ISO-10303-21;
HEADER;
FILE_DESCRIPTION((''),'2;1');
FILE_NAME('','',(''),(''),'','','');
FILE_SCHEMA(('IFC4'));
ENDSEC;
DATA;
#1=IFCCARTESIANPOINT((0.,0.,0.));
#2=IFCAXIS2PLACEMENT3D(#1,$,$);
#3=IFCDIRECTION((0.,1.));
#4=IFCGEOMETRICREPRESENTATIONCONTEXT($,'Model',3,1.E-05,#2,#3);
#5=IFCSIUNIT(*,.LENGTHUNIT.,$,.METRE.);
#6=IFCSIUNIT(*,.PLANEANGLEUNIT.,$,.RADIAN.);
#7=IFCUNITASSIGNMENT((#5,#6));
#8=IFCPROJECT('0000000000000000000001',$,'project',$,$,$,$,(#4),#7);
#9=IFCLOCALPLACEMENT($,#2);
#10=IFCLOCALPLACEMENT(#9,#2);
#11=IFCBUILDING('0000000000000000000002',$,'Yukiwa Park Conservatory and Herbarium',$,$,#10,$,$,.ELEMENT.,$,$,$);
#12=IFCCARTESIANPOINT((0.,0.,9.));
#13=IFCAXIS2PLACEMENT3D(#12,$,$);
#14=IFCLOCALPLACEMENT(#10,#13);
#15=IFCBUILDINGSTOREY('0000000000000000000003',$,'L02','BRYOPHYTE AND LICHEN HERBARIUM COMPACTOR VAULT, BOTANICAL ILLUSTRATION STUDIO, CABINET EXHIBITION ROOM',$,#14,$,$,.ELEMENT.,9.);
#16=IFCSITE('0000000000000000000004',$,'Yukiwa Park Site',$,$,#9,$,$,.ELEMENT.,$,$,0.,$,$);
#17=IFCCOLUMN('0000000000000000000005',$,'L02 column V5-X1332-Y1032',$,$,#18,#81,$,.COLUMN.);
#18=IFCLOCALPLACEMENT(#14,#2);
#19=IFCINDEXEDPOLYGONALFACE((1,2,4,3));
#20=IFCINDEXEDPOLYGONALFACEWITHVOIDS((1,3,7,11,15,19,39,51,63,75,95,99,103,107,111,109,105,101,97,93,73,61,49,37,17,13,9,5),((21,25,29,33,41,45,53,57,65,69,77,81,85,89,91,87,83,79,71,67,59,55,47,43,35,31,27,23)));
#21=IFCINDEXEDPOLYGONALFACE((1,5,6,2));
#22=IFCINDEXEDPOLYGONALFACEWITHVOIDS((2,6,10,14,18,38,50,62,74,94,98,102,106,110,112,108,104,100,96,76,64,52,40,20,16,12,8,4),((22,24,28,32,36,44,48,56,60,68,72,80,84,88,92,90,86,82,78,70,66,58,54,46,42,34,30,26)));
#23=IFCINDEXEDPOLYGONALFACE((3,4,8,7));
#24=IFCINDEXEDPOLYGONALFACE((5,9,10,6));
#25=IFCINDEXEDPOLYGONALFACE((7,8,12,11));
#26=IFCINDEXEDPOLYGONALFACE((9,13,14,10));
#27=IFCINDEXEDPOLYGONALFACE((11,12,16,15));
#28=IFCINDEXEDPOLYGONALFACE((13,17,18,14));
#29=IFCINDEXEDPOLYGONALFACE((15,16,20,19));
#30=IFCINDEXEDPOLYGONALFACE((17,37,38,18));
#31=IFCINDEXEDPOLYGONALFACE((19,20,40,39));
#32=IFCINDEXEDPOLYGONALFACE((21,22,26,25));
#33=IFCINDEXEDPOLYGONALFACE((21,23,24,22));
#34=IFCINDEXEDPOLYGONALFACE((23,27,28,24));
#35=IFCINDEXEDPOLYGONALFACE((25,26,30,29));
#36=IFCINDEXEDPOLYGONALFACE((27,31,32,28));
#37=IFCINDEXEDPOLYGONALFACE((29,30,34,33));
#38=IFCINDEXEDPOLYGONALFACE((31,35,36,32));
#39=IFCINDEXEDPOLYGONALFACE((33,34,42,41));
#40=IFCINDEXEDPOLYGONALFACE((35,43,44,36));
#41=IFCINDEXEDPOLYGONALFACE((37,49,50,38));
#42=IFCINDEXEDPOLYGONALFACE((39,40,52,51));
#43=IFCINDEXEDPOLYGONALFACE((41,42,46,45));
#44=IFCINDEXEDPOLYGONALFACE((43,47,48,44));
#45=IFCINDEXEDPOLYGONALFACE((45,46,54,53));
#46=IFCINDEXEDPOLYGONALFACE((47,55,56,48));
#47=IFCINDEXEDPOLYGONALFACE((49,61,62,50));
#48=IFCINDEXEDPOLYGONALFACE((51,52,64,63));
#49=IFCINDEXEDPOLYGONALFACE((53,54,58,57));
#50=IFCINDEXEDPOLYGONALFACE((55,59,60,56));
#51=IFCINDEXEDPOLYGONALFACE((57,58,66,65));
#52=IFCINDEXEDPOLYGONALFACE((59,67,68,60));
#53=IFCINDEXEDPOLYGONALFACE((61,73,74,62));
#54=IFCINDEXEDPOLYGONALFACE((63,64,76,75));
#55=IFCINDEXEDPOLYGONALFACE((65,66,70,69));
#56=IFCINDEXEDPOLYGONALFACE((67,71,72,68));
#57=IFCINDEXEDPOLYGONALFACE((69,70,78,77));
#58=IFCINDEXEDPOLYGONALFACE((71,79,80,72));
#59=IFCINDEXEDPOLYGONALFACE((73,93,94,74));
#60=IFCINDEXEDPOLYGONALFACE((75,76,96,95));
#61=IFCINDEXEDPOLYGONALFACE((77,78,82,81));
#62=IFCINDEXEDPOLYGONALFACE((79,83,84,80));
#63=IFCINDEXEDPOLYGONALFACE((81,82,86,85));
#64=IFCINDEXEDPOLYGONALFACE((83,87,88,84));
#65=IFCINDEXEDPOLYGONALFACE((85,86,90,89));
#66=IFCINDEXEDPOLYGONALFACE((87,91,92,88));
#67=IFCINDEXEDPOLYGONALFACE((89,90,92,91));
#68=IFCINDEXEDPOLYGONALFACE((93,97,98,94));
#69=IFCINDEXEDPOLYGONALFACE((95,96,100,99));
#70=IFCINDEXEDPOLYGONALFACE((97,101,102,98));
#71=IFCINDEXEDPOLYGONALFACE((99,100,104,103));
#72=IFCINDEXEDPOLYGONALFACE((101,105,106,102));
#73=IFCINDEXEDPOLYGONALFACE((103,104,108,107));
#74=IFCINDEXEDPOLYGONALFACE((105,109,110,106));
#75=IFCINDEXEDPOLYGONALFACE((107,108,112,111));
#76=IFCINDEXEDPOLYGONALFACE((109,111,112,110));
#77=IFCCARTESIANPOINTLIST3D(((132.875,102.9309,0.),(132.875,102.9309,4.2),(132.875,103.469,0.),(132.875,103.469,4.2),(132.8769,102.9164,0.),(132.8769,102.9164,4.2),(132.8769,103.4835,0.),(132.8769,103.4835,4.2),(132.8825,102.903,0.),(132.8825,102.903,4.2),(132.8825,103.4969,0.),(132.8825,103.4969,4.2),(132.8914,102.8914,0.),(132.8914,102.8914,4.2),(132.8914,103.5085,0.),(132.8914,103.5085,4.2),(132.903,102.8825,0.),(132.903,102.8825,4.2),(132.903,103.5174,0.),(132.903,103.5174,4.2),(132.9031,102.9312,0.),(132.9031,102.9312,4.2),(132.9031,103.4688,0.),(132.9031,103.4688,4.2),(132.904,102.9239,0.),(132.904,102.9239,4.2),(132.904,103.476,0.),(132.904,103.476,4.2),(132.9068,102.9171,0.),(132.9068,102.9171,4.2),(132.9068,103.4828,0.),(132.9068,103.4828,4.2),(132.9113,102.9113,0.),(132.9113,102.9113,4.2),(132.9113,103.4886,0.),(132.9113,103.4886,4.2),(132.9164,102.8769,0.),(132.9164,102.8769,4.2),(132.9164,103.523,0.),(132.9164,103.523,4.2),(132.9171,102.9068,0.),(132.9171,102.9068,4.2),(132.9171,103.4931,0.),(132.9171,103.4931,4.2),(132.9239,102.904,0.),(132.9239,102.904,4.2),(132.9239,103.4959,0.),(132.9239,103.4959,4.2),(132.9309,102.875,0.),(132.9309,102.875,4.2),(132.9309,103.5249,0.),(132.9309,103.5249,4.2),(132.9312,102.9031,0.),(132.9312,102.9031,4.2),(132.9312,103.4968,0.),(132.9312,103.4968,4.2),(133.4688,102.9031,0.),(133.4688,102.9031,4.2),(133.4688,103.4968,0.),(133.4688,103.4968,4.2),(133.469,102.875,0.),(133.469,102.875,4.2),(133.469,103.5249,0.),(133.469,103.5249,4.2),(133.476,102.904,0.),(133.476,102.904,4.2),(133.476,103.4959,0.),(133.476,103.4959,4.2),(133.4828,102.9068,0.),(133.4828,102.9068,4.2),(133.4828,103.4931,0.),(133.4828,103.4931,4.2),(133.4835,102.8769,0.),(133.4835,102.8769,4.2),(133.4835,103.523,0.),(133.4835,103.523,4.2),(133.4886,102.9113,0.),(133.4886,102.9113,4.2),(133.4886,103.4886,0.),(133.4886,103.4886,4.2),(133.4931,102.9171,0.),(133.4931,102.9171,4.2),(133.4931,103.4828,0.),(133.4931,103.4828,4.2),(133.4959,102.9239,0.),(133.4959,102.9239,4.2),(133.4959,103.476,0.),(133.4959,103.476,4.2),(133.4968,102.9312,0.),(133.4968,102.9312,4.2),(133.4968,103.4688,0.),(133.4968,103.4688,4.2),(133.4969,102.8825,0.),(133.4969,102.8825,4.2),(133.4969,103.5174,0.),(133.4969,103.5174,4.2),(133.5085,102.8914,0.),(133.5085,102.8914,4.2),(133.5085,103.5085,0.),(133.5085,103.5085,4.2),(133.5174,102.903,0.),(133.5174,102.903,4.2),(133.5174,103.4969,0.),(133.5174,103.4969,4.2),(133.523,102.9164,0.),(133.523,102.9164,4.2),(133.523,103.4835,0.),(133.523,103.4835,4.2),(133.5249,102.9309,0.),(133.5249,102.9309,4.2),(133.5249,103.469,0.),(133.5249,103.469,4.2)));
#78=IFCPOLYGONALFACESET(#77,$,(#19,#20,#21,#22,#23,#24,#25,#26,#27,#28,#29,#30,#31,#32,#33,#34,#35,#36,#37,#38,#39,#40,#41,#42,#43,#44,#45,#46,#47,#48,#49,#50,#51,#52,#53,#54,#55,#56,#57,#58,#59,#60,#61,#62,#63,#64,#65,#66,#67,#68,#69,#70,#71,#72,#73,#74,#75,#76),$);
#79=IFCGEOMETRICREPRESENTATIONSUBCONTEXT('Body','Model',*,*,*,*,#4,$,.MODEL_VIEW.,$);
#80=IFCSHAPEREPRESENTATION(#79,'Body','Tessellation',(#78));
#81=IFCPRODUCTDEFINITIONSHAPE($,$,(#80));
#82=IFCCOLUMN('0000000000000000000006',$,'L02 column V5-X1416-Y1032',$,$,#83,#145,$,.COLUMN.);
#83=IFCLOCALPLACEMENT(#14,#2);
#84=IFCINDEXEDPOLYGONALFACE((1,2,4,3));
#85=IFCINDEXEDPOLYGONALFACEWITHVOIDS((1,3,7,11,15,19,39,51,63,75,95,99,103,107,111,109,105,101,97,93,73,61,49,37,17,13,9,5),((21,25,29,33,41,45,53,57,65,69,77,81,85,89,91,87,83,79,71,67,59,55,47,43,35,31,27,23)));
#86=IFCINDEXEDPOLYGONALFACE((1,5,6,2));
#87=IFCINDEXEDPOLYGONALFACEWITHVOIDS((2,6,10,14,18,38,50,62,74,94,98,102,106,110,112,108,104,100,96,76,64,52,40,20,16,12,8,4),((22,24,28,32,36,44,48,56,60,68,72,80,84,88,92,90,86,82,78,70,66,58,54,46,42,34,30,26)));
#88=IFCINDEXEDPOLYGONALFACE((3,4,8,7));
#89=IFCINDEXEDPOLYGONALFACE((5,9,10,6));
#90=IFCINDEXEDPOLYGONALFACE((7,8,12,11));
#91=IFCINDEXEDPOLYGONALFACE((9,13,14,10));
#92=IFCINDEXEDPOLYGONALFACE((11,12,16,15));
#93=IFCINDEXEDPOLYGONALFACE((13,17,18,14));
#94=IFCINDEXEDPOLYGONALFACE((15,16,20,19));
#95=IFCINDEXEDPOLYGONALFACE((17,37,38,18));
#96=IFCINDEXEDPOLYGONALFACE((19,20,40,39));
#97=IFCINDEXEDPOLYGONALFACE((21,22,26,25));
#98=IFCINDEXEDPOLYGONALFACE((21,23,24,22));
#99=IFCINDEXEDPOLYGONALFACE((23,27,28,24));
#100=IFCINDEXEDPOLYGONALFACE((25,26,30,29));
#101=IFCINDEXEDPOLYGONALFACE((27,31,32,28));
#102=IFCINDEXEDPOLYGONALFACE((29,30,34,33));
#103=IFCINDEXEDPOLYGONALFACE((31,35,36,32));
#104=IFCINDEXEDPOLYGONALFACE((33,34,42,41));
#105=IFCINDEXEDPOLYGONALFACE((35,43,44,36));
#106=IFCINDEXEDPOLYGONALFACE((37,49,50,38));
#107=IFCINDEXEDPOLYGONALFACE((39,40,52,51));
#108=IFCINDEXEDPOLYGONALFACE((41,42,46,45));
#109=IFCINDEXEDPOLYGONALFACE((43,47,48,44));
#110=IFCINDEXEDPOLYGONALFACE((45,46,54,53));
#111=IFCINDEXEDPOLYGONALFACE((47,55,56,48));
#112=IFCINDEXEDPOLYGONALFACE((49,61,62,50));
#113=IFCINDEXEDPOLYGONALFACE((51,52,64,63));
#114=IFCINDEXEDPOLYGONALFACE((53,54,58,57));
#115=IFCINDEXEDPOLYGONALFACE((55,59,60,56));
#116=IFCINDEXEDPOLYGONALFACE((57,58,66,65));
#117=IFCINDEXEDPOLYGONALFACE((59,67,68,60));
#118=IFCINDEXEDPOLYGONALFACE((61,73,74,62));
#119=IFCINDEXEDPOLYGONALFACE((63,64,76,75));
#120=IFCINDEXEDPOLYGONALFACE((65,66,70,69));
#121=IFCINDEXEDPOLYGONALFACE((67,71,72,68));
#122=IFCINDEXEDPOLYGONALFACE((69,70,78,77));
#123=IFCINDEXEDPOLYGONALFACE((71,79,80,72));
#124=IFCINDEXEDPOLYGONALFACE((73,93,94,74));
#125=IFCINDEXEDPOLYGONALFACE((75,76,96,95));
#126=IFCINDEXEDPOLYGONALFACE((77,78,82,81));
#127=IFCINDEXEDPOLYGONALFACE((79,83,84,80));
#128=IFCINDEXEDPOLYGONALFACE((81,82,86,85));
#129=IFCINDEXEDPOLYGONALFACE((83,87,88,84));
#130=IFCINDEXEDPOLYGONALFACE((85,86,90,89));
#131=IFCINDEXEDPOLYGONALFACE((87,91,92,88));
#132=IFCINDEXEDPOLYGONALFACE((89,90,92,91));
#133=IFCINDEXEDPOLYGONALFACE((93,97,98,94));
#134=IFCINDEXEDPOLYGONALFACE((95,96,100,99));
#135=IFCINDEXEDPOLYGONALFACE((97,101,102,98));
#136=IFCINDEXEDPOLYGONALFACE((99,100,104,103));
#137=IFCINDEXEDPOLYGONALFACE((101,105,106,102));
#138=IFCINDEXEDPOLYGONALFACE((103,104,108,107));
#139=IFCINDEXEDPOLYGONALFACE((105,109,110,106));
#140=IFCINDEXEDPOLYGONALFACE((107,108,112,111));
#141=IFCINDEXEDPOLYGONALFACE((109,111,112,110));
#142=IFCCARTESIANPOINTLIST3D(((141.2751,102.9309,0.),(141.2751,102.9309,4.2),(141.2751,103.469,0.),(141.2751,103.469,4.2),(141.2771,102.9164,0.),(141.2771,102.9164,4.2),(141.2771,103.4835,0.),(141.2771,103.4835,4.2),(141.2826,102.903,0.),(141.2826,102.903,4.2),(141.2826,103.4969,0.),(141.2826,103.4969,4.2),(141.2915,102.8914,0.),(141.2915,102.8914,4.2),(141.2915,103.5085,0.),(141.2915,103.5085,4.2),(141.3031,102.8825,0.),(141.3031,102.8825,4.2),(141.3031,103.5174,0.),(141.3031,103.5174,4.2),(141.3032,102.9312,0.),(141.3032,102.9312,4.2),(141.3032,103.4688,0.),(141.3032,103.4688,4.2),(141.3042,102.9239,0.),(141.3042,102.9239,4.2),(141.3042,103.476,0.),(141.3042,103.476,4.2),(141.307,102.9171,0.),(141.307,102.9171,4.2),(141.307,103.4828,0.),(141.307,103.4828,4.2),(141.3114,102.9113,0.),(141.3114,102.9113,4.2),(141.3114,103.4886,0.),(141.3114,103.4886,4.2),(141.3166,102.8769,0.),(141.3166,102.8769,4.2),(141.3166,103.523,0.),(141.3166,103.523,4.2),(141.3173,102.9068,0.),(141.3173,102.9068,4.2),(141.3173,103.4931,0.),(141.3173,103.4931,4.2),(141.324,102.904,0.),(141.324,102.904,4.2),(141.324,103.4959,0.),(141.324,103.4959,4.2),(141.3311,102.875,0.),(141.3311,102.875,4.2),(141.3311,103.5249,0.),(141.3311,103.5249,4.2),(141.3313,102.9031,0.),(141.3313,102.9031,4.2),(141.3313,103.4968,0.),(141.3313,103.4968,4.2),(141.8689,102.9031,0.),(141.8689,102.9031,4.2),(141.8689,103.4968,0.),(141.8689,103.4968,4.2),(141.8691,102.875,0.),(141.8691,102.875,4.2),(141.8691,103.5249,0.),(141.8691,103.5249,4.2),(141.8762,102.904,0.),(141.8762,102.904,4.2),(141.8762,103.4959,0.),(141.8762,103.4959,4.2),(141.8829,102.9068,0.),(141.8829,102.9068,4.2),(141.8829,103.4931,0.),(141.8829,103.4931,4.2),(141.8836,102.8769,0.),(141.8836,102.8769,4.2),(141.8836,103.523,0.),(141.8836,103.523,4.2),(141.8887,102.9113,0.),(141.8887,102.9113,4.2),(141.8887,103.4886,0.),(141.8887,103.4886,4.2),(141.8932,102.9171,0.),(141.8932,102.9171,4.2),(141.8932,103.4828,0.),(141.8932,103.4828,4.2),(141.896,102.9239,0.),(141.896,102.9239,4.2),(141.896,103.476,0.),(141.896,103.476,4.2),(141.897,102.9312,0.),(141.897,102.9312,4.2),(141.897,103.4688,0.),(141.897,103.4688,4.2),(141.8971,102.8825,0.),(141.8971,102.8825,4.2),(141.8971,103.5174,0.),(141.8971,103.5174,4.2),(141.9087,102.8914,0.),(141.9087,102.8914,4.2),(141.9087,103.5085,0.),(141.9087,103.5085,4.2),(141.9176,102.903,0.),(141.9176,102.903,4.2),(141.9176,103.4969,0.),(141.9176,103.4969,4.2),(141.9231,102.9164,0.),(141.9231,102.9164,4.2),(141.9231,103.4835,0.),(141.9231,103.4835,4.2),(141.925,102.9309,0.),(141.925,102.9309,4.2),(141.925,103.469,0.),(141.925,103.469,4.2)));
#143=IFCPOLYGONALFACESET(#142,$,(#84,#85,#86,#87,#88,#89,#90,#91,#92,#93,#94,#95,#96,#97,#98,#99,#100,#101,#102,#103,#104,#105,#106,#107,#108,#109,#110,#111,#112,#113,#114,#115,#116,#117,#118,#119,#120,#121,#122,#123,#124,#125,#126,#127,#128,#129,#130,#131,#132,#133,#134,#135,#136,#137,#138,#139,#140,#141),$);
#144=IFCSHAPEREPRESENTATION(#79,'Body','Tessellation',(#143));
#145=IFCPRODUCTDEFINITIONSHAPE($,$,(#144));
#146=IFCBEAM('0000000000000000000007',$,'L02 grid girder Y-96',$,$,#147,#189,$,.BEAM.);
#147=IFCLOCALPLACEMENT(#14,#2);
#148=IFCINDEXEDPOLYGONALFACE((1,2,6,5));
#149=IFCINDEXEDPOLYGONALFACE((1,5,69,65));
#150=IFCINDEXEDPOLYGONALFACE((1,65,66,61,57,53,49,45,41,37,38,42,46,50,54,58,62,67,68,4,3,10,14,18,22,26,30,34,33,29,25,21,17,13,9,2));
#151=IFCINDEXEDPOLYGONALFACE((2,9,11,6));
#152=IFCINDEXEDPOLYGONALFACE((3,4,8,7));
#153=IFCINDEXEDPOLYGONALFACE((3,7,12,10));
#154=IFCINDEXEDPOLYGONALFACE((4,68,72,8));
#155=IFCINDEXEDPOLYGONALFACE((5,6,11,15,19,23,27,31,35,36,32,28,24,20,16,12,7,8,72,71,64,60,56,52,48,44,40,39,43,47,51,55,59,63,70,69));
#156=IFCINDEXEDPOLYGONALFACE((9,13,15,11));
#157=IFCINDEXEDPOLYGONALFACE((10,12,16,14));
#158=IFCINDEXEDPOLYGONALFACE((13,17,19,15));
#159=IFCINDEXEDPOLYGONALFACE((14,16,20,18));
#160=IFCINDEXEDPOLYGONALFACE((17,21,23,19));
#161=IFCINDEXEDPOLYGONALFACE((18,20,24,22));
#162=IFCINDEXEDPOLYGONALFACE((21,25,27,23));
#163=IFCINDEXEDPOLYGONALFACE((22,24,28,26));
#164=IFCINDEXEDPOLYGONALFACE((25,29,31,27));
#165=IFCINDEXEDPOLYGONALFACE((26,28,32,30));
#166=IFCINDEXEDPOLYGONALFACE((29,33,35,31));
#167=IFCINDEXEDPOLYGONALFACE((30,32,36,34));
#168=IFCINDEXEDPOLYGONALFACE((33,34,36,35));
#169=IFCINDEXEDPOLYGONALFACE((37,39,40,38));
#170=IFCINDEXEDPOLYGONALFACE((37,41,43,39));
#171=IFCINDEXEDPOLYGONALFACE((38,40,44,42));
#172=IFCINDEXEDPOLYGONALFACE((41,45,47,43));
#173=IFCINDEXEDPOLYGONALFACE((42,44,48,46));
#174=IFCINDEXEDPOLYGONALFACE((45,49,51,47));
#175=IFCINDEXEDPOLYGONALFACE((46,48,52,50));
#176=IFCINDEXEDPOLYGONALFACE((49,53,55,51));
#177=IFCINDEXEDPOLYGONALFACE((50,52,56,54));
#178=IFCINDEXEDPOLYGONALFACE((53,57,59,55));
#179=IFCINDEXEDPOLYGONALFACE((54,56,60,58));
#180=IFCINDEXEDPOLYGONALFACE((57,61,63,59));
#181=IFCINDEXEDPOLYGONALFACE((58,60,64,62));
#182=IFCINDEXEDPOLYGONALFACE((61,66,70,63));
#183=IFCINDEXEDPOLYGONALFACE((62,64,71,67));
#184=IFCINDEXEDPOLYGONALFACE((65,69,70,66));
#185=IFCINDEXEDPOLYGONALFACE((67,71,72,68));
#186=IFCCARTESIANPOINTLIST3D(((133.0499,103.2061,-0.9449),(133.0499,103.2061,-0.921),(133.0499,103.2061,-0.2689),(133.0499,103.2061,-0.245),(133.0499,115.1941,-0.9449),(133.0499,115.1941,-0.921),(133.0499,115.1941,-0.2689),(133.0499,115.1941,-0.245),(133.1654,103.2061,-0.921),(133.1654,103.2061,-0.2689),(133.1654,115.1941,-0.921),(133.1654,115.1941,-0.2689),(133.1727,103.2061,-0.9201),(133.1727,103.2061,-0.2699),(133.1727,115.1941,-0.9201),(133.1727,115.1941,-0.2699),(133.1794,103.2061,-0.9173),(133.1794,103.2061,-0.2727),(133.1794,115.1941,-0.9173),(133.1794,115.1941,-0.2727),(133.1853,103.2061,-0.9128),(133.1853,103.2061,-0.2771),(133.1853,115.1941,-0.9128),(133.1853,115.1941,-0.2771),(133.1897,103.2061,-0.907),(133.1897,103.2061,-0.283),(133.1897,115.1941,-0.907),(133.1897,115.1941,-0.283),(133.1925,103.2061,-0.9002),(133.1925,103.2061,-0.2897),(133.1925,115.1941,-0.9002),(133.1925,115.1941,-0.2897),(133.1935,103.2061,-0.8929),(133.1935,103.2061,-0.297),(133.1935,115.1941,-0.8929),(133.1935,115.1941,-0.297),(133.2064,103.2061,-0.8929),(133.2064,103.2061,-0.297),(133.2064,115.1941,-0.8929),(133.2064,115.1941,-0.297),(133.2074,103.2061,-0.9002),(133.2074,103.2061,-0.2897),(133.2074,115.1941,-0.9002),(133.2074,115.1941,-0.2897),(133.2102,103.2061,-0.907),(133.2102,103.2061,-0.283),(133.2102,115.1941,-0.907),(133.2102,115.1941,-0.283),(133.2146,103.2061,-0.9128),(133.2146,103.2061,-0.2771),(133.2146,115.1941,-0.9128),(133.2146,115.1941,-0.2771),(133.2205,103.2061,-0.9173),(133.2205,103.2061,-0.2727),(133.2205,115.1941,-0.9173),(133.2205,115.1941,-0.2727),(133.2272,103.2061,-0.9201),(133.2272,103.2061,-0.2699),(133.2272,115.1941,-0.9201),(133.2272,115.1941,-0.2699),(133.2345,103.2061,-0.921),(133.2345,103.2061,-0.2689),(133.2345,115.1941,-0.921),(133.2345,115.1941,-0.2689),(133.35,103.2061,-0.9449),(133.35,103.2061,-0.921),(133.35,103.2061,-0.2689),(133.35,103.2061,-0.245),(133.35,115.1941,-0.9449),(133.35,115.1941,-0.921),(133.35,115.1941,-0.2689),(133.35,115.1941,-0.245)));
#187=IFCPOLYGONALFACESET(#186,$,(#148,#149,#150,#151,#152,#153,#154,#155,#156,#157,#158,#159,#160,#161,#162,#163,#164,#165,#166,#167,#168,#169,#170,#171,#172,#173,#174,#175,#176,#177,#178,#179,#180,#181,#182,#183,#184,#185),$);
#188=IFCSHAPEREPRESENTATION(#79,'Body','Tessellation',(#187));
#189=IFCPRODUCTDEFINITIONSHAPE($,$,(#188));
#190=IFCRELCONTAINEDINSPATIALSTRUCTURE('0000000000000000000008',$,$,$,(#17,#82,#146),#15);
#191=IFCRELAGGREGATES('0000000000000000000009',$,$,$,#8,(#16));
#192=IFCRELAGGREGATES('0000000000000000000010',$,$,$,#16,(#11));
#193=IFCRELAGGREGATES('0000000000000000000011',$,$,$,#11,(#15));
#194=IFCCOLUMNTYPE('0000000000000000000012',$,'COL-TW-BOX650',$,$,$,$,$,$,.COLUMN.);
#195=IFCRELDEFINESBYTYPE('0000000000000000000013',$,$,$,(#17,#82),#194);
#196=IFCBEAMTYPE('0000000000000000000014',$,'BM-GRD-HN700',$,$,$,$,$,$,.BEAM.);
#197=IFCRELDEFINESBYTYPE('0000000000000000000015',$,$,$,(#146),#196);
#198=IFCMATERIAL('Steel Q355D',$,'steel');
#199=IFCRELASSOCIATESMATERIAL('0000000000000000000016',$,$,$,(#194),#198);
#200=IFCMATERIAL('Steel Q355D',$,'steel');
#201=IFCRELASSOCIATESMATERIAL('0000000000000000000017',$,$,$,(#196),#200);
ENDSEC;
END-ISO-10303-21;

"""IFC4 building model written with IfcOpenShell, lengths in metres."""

from ifc_helpers import new_model, si_unit, direction, frame, origin, origin_2d, place, context, subcontext, project, spatial, hollow_rectangle, i_section, extrude, material, material_profile, profile_set, type_object, element, save


model = new_model("IFC4")

# Units and contexts
model_context = context("Model", 3, precision=1e-05, world=origin(), true_north=direction((0.0, 1.0)))
body_context = subcontext(model_context, "Body", "Model", "MODEL_VIEW")
ifc_project = project(units=[si_unit("LENGTHUNIT", "METRE"), si_unit("PLANEANGLEUNIT", "RADIAN")], contexts=[model_context])

# Site, building, storey
site_placement = place(None, origin())
site = spatial("IfcSite", under=ifc_project, at=site_placement, Name="Yukiwa Park Site", CompositionType="ELEMENT", RefElevation=0.0)
building_placement = place(site_placement, origin())
building = spatial("IfcBuilding", under=site, at=building_placement, Name="Yukiwa Park Conservatory and Herbarium", CompositionType="ELEMENT")
storey_placement = place(building_placement, frame((0.0, 0.0, 9.0)))
storey = spatial("IfcBuildingStorey", under=building, at=storey_placement, Name="L02", Description="BRYOPHYTE AND LICHEN HERBARIUM COMPACTOR VAULT, BOTANICAL ILLUSTRATION STUDIO, CABINET EXHIBITION ROOM", CompositionType="ELEMENT", Elevation=9.0)

# Columns
ifc_material_1 = material(Name="Steel Q355D", Category="steel")
ifc_material_profile_1 = material_profile(ifc_material_1, hollow_rectangle(XDim=0.6499, YDim=0.6499, WallThickness=0.0281, InnerFilletRadius=0.0281, OuterFilletRadius=0.0559, at=origin_2d()), Name="BOX 650x650x28")
ifc_profile_set_1 = profile_set([ifc_material_profile_1], Name="Steel Q355D")
column_type_1 = type_object("IfcColumnType", Name="COL-TW-BOX650", PredefinedType="COLUMN", material=ifc_profile_set_1)
for number, where, z_axis, x_axis, name in (
    (1, (133.2, 103.2, 0.0), (0.0, 0.0, 1.0), (1.0, 0.0, 0.0), "L02 column V5-X1332-Y1032"),
    (2, (141.6001, 103.2, 0.0), (0.0, 0.0, 1.0), (1.0, 0.0, 0.0), "L02 column V5-X1416-Y1032"),
):
    element("IfcColumn", number, at=place(storey_placement, frame(where, z_axis=z_axis, x_axis=x_axis)), inside=storey, type_object=column_type_1, Name=name, PredefinedType="COLUMN", context=body_context, shape_type="SweptSolid", body=[
        extrude(hollow_rectangle(XDim=0.6499, YDim=0.6499, WallThickness=0.0281, InnerFilletRadius=0.0281, OuterFilletRadius=0.0559, at=origin_2d()), origin(), (0.0, 0.0, 1.0), 4.2),
    ])

# Beam
ifc_material_2 = material(Name="Steel Q355D", Category="steel")
ifc_material_profile_2 = material_profile(ifc_material_2, i_section(OverallWidth=0.3, OverallDepth=0.7, WebThickness=0.0129, FlangeThickness=0.0239, FilletRadius=0.0281, at=origin_2d()), Name="HN 700x300x13x24")
ifc_profile_set_2 = profile_set([ifc_material_profile_2], Name="Steel Q355D")
beam_type_1 = type_object("IfcBeamType", Name="BM-GRD-HN700", PredefinedType="BEAM", material=ifc_profile_set_2)
for number, where, z_axis, x_axis, name in (
    (3, (133.2, 103.2061, -0.595), (0.0, 1.0, 0.0), (-1.0, 0.0, 0.0), "L02 grid girder Y-96"),
):
    element("IfcBeam", number, at=place(storey_placement, frame(where, z_axis=z_axis, x_axis=x_axis)), inside=storey, type_object=beam_type_1, Name=name, PredefinedType="BEAM", context=body_context, shape_type="SweptSolid", body=[
        extrude(i_section(OverallWidth=0.3, OverallDepth=0.7, WebThickness=0.0129, FlangeThickness=0.0239, FilletRadius=0.0281, at=origin_2d()), origin(), (0.0, 0.0, 1.0), 11.988),
    ])

save(model, "model.ifc")
